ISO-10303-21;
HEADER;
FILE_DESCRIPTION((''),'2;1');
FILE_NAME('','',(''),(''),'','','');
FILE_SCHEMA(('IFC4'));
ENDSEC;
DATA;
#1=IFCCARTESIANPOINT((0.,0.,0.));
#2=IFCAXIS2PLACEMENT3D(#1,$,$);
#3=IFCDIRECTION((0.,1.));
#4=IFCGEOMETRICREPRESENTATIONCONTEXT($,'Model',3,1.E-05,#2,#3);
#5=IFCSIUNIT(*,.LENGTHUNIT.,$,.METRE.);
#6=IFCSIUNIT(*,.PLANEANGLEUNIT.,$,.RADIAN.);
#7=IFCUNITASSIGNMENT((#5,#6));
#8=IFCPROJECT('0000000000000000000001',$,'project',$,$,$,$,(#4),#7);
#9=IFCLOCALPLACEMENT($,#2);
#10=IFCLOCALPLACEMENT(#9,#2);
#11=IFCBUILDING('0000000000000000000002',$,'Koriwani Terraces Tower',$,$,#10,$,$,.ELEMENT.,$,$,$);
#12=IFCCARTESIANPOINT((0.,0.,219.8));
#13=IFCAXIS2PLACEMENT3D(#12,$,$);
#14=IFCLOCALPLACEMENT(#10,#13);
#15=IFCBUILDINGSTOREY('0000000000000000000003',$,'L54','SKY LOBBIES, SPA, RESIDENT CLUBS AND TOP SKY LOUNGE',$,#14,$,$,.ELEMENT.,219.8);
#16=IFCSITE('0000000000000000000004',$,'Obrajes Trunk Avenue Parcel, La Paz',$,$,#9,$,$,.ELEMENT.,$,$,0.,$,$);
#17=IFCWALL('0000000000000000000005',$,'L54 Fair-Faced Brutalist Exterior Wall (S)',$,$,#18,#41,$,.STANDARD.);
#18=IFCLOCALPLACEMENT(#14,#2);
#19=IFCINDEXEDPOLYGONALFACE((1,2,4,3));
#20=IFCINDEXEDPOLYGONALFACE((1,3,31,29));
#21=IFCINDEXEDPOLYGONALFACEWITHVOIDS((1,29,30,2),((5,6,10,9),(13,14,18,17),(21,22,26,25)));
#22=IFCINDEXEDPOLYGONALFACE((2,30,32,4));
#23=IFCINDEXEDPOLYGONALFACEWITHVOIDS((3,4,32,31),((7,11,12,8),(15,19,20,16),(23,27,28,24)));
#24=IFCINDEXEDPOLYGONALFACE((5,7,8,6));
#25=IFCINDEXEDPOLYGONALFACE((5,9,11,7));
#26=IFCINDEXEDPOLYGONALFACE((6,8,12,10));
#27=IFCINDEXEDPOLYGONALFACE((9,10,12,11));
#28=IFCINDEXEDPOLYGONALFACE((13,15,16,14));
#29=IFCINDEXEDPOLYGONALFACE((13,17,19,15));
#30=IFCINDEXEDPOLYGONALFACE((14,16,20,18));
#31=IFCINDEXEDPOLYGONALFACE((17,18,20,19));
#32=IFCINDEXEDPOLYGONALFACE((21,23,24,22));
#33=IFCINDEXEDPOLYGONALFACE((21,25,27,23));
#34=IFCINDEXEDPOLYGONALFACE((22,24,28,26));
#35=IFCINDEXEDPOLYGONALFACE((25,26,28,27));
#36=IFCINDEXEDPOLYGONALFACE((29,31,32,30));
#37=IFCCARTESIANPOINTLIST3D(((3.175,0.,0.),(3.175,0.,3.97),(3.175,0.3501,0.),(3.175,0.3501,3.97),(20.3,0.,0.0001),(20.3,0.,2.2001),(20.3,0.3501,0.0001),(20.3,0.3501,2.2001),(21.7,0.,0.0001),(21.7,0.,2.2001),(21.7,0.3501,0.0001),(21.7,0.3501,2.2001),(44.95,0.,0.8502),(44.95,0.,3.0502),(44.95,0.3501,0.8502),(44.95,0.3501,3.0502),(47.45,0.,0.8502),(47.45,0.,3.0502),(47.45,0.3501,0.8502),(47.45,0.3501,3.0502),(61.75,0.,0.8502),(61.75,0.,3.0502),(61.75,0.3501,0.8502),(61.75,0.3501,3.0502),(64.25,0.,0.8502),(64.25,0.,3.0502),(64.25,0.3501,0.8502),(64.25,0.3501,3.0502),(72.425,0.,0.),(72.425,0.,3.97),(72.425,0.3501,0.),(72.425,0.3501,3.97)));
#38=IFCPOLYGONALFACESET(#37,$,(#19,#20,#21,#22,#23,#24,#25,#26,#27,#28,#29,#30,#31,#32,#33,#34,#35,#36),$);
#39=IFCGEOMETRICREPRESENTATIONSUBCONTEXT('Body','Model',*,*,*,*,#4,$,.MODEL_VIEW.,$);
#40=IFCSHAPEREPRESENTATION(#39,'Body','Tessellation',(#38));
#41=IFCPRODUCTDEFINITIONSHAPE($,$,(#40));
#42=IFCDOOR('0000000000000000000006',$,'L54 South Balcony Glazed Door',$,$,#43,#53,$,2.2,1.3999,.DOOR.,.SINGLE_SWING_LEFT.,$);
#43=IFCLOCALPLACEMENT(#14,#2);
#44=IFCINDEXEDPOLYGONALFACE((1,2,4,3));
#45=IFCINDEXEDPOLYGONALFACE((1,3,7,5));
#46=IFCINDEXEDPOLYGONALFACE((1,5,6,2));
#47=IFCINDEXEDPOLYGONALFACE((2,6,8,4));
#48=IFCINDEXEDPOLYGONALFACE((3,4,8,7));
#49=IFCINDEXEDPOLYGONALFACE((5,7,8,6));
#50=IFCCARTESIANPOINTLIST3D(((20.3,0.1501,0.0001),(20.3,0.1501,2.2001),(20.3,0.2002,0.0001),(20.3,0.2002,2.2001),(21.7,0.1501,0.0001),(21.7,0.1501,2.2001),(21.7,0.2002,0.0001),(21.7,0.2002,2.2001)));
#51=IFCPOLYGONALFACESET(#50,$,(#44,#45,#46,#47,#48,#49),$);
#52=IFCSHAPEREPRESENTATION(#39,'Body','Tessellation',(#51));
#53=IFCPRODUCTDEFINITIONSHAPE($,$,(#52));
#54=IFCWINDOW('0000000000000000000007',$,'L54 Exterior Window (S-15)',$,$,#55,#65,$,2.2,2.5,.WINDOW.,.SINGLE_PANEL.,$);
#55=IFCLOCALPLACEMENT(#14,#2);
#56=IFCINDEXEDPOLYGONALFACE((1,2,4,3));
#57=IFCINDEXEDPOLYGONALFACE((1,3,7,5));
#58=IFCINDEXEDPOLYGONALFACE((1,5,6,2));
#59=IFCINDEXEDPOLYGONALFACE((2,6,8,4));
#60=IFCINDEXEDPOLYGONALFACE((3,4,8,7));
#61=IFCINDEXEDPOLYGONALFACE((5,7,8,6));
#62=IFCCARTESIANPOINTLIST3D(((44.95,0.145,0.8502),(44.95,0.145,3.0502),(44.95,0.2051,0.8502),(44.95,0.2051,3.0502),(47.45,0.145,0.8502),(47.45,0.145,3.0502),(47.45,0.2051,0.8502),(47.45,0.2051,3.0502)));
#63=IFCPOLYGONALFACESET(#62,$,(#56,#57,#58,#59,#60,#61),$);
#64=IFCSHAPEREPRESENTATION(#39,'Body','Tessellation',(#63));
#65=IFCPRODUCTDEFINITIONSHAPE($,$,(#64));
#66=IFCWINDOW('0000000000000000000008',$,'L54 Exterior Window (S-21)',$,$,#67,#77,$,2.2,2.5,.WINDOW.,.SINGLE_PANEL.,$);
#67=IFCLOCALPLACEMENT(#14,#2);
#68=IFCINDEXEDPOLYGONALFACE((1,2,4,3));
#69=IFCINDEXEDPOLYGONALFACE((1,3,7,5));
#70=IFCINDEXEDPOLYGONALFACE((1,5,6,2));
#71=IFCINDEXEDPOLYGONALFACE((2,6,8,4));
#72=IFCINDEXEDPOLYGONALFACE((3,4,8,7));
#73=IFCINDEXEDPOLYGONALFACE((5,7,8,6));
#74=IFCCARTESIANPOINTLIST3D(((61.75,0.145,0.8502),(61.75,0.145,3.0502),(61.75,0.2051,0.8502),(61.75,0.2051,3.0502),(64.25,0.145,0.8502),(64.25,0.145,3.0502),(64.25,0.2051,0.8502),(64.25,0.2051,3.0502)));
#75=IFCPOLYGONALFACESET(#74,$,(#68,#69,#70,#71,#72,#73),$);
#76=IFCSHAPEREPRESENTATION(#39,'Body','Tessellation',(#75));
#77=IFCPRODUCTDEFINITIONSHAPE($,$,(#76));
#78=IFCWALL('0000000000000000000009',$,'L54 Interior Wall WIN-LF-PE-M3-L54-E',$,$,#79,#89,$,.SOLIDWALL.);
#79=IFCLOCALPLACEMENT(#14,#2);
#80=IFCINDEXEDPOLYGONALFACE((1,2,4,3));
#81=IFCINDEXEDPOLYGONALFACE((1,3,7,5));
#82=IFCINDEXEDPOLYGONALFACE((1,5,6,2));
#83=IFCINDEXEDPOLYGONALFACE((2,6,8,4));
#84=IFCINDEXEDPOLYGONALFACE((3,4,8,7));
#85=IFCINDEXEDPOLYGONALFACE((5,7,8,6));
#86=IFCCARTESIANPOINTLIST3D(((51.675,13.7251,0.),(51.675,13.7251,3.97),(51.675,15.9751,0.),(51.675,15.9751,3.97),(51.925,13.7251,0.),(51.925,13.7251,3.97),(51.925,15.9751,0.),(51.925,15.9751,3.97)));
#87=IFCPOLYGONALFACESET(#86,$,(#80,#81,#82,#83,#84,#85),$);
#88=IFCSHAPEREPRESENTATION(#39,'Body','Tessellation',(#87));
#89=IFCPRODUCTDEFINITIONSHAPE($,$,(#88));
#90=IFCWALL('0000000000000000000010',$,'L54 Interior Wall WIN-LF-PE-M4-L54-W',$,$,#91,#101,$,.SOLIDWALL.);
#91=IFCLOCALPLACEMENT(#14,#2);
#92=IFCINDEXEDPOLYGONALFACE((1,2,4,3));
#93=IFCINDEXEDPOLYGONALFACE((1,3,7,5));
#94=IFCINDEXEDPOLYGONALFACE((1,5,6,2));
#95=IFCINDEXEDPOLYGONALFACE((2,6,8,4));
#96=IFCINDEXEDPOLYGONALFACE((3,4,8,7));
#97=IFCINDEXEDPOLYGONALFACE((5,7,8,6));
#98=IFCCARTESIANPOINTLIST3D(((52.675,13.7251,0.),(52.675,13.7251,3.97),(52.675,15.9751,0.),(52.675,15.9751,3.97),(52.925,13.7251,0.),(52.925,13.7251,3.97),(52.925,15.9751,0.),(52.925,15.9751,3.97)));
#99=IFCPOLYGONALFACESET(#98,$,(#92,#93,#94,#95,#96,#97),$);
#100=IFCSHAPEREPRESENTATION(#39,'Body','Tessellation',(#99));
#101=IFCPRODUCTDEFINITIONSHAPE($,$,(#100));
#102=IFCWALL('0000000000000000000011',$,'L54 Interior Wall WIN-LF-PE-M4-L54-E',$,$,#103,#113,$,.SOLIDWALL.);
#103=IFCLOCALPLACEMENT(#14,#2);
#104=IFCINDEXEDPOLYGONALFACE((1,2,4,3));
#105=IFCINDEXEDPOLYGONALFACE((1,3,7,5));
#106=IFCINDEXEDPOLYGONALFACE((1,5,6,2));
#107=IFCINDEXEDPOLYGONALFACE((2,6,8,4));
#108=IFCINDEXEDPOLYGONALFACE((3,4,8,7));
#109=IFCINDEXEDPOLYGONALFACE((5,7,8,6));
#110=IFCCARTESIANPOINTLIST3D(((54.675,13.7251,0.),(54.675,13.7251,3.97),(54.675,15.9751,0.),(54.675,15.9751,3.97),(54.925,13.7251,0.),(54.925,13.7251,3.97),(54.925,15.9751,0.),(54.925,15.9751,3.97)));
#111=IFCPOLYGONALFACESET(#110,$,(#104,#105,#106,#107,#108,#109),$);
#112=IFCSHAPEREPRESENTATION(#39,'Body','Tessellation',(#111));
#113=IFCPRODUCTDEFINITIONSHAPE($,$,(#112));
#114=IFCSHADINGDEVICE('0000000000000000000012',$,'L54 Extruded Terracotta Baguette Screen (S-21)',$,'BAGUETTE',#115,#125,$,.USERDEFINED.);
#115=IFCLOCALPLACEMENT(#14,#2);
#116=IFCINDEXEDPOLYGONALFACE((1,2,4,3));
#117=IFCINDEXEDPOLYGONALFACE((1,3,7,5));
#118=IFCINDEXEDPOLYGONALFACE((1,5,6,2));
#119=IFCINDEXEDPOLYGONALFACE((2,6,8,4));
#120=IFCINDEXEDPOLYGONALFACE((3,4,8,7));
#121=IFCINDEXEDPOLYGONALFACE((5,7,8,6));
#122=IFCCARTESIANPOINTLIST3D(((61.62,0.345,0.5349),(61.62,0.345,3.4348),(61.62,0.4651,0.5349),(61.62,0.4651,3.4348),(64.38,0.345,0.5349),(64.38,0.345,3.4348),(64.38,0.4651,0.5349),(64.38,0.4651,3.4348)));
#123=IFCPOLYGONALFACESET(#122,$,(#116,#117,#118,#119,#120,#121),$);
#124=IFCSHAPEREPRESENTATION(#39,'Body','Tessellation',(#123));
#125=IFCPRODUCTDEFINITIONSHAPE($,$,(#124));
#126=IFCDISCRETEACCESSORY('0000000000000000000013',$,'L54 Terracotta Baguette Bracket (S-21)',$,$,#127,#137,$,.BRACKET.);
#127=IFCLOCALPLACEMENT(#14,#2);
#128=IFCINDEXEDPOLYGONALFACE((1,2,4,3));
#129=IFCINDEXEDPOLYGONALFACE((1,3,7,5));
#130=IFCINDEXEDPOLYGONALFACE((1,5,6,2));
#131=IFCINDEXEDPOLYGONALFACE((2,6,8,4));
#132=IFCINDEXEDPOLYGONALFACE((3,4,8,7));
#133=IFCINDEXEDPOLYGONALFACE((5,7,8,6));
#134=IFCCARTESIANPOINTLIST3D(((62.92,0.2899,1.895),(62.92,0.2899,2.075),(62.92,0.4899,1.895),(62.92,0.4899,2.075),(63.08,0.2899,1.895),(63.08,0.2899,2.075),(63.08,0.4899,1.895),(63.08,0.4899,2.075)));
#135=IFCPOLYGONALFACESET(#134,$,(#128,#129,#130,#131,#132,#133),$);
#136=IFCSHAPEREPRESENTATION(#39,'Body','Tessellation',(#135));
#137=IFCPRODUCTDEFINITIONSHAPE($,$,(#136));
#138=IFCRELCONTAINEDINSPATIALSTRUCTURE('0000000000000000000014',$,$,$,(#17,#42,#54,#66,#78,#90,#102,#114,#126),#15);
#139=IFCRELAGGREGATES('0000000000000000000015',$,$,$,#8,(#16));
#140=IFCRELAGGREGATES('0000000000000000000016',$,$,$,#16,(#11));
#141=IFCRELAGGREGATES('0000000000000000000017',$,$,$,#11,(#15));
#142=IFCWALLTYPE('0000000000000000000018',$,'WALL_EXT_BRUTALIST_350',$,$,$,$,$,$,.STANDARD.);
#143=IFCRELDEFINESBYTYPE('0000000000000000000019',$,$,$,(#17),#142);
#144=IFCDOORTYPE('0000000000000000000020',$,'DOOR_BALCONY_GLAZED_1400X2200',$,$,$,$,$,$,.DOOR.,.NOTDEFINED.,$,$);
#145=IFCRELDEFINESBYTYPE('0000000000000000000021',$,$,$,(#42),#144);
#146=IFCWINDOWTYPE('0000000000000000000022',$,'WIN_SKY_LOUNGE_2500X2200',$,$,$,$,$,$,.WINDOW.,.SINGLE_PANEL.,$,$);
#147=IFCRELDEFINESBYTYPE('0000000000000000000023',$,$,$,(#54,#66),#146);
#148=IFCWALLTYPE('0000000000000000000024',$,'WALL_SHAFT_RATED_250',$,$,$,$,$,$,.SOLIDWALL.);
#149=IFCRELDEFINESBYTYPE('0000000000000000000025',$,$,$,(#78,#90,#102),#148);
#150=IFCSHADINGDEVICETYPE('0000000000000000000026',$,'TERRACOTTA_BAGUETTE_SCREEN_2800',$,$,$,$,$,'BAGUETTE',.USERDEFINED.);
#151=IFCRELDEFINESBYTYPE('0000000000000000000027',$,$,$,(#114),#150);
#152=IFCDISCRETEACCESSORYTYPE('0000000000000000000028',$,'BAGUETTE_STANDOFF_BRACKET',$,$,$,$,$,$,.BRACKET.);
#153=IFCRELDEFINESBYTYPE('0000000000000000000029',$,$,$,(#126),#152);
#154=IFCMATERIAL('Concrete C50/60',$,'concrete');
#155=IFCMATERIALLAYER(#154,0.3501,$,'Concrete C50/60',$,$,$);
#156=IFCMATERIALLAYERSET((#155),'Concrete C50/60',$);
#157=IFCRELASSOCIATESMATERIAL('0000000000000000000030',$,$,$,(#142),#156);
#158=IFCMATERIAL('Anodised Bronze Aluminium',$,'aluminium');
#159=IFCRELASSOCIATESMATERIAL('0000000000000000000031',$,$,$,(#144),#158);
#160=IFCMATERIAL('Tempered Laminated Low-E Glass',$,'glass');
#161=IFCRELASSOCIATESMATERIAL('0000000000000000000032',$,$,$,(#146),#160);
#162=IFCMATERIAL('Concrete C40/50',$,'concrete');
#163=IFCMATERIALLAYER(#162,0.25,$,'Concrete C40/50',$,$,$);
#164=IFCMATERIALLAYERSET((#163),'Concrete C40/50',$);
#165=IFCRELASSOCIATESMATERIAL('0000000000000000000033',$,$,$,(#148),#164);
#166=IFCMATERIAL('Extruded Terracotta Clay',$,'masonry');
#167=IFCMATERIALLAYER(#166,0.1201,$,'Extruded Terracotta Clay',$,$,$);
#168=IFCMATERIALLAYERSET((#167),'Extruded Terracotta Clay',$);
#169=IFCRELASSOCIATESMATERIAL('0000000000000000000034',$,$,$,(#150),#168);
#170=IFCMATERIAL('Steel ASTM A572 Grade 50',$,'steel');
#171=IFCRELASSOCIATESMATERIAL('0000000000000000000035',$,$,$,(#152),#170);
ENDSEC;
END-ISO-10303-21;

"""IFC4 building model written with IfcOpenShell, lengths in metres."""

from ifc_helpers import new_model, si_unit, direction, frame, frame_2d, origin, origin_2d, place, context, subcontext, project, spatial, rectangle, extrude, material, layer, layer_set, type_object, element, fill, save


model = new_model("IFC4")

# Units and contexts
model_context = context("Model", 3, precision=1e-05, world=origin(), true_north=direction((0.0, 1.0)))
body_context = subcontext(model_context, "Body", "Model", "MODEL_VIEW")
ifc_project = project(units=[si_unit("LENGTHUNIT", "METRE"), si_unit("PLANEANGLEUNIT", "RADIAN")], contexts=[model_context])

# Site, building, storey
site_placement = place(None, origin())
site = spatial("IfcSite", under=ifc_project, at=site_placement, Name="Obrajes Trunk Avenue Parcel, La Paz", CompositionType="ELEMENT", RefElevation=0.0)
building_placement = place(site_placement, origin())
building = spatial("IfcBuilding", under=site, at=building_placement, Name="Koriwani Terraces Tower", CompositionType="ELEMENT")
storey_placement = place(building_placement, frame((0.0, 0.0, 219.8)))
storey = spatial("IfcBuildingStorey", under=building, at=storey_placement, Name="L54", Description="SKY LOBBIES, SPA, RESIDENT CLUBS AND TOP SKY LOUNGE", CompositionType="ELEMENT", Elevation=219.8)

# Shared definitions
ifc_material_1 = material(Name="Concrete C50/60", Category="concrete")

# Shared definitions
ifc_material_2 = material(Name="Concrete C40/50", Category="concrete")
ifc_material_3 = material(Name="Steel ASTM A572 Grade 50", Category="steel")

# Shared definitions
ifc_layer_1 = layer(ifc_material_1, 0.3501, Name="Concrete C50/60")
ifc_layer_set_1 = layer_set([ifc_layer_1], Name="Concrete C50/60")
wall_type_1 = type_object("IfcWallType", Name="WALL_EXT_BRUTALIST_350", PredefinedType="STANDARD", material=ifc_layer_set_1)

# Wall, openings, door, windows
wall_1_placement = place(storey_placement, frame((72.425, 0.175, 0.0), z_axis=(0.0, 0.0, 1.0), x_axis=(-1.0, 0.0, 0.0)))
wall_1 = element("IfcWall", 1, at=wall_1_placement, inside=storey, type_object=wall_type_1, Name="L54 Fair-Faced Brutalist Exterior Wall (S)", PredefinedType="STANDARD", context=body_context, shape_type="SweptSolid", body=[
    extrude(rectangle(XDim=69.25, YDim=0.3501, at=frame_2d((34.625, 0.0))), origin(), (0.0, 0.0, 1.0), 3.97),
])
opening_1_placement = place(wall_1_placement, frame((50.7251, 0.0, 0.0)))
opening_1 = element("IfcOpeningElement", 2, at=opening_1_placement, cuts=wall_1, PredefinedType="OPENING", context=body_context, shape_type="SweptSolid", body=[
    extrude(rectangle(XDim=1.3999, YDim=2.2, at=frame_2d((0.7, 1.1001))), frame((0.0, 0.1851, 0.0), z_axis=(0.0, -1.0, 0.0), x_axis=(1.0, 0.0, 0.0)), (0.0, 0.0, 1.0), 0.3701),
])
opening_2_placement = place(wall_1_placement, frame((24.9751, 0.0, 0.8501)))
opening_2 = element("IfcOpeningElement", 3, at=opening_2_placement, cuts=wall_1, PredefinedType="OPENING", context=body_context, shape_type="SweptSolid", body=[
    extrude(rectangle(XDim=2.5, YDim=2.2, at=frame_2d((1.25, 1.1001))), frame((0.0, 0.1851, 0.0), z_axis=(0.0, -1.0, 0.0), x_axis=(1.0, 0.0, 0.0)), (0.0, 0.0, 1.0), 0.3701),
])
opening_3_placement = place(wall_1_placement, frame((8.175, 0.0, 0.8501)))
opening_3 = element("IfcOpeningElement", 4, at=opening_3_placement, cuts=wall_1, PredefinedType="OPENING", context=body_context, shape_type="SweptSolid", body=[
    extrude(rectangle(XDim=2.5, YDim=2.2, at=frame_2d((1.25, 1.1001))), frame((0.0, 0.1851, 0.0), z_axis=(0.0, -1.0, 0.0), x_axis=(1.0, 0.0, 0.0)), (0.0, 0.0, 1.0), 0.3701),
])
ifc_material_4 = material(Name="Anodised Bronze Aluminium", Category="aluminium")
door_type_1 = type_object("IfcDoorType", Name="DOOR_BALCONY_GLAZED_1400X2200", OperationType="NOTDEFINED", PredefinedType="DOOR", material=ifc_material_4)
door_1_placement = place(opening_1_placement, origin())
door_1 = element("IfcDoor", 5, at=door_1_placement, inside=storey, type_object=door_type_1, Name="L54 South Balcony Glazed Door", OperationType="SINGLE_SWING_LEFT", OverallHeight=2.2, OverallWidth=1.3999, PredefinedType="DOOR", context=body_context, shape_type="SweptSolid", body=[
    extrude(rectangle(XDim=1.3999, YDim=2.2, at=frame_2d((0.7, 1.1001))), frame((0.0, 0.0249, 0.0), z_axis=(0.0, -1.0, 0.0), x_axis=(1.0, 0.0, 0.0)), (0.0, 0.0, 1.0), 0.05),
])
fill(opening_1, door_1)
ifc_material_5 = material(Name="Tempered Laminated Low-E Glass", Category="glass")
window_type = type_object("IfcWindowType", Name="WIN_SKY_LOUNGE_2500X2200", PartitioningType="SINGLE_PANEL", PredefinedType="WINDOW", material=ifc_material_5)
window_1_placement = place(opening_2_placement, origin())
window_1 = element("IfcWindow", 6, at=window_1_placement, inside=storey, type_object=window_type, Name="L54 Exterior Window (S-15)", OverallHeight=2.2, OverallWidth=2.5, PartitioningType="SINGLE_PANEL", PredefinedType="WINDOW", context=body_context, shape_type="SweptSolid", body=[
    extrude(rectangle(XDim=2.5, YDim=2.2, at=frame_2d((1.25, 1.1001))), frame((0.0, 0.03, 0.0), z_axis=(0.0, -1.0, 0.0), x_axis=(1.0, 0.0, 0.0)), (0.0, 0.0, 1.0), 0.0601),
])
fill(opening_2, window_1)
window_2_placement = place(opening_3_placement, origin())
window_2 = element("IfcWindow", 7, at=window_2_placement, inside=storey, type_object=window_type, Name="L54 Exterior Window (S-21)", OverallHeight=2.2, OverallWidth=2.5, PartitioningType="SINGLE_PANEL", PredefinedType="WINDOW", context=body_context, shape_type="SweptSolid", body=[
    extrude(rectangle(XDim=2.5, YDim=2.2, at=frame_2d((1.25, 1.1001))), frame((0.0, 0.03, 0.0), z_axis=(0.0, -1.0, 0.0), x_axis=(1.0, 0.0, 0.0)), (0.0, 0.0, 1.0), 0.0601),
])
fill(opening_3, window_2)

# Wall
ifc_layer_2 = layer(ifc_material_2, 0.25, Name="Concrete C40/50")
ifc_layer_set_2 = layer_set([ifc_layer_2], Name="Concrete C40/50")
wall_type_2 = type_object("IfcWallType", Name="WALL_SHAFT_RATED_250", PredefinedType="SOLIDWALL", material=ifc_layer_set_2)
wall_2_placement = place(storey_placement, frame((51.8, 13.7251, 0.0), z_axis=(0.0, 0.0, 1.0), x_axis=(0.0, 1.0, 0.0)))
element("IfcWall", 8, at=wall_2_placement, inside=storey, type_object=wall_type_2, Name="L54 Interior Wall WIN-LF-PE-M3-L54-E", PredefinedType="SOLIDWALL", context=body_context, shape_type="SweptSolid", body=[
    extrude(rectangle(XDim=2.25, YDim=0.25, at=frame_2d((1.125, 0.0))), origin(), (0.0, 0.0, 1.0), 3.97),
])

# Walls
for number, where, z_axis, x_axis, name in (
    (9, (52.8, 13.7251, 0.0), (0.0, 0.0, 1.0), (0.0, 1.0, 0.0), "L54 Interior Wall WIN-LF-PE-M4-L54-W"),
    (10, (54.8, 13.7251, 0.0), (0.0, 0.0, 1.0), (0.0, 1.0, 0.0), "L54 Interior Wall WIN-LF-PE-M4-L54-E"),
):
    element("IfcWall", number, at=place(storey_placement, frame(where, z_axis=z_axis, x_axis=x_axis)), inside=storey, type_object=wall_type_2, Name=name, PredefinedType="SOLIDWALL", context=body_context, shape_type="SweptSolid", body=[
        extrude(rectangle(XDim=2.25, YDim=0.25, at=frame_2d((1.125, 0.0))), origin(), (0.0, 0.0, 1.0), 3.97),
    ])

# Shading device
ifc_material_6 = material(Name="Extruded Terracotta Clay", Category="masonry")
ifc_layer_3 = layer(ifc_material_6, 0.1201, Name="Extruded Terracotta Clay")
ifc_layer_set_3 = layer_set([ifc_layer_3], Name="Extruded Terracotta Clay")
shading_device_type = type_object("IfcShadingDeviceType", Name="TERRACOTTA_BAGUETTE_SCREEN_2800", ElementType="BAGUETTE", PredefinedType="USERDEFINED", material=ifc_layer_set_3)
shading_device_placement = place(storey_placement, frame((63.0, 0.405, 0.5349), z_axis=(0.0, 0.0, 1.0), x_axis=(-1.0, 0.0, 0.0)))
element("IfcShadingDevice", 11, at=shading_device_placement, inside=storey, type_object=shading_device_type, Name="L54 Extruded Terracotta Baguette Screen (S-21)", ObjectType="BAGUETTE", PredefinedType="USERDEFINED", context=body_context, shape_type="SweptSolid", body=[
    extrude(rectangle(XDim=2.76, YDim=0.1201, at=origin_2d()), origin(), (0.0, 0.0, 1.0), 2.8999),
])

# Discrete accessory
discrete_accessory_type = type_object("IfcDiscreteAccessoryType", Name="BAGUETTE_STANDOFF_BRACKET", PredefinedType="BRACKET", material=ifc_material_3)
discrete_accessory_placement = place(storey_placement, frame((63.0, 0.3899, 1.895), z_axis=(0.0, 0.0, 1.0), x_axis=(-1.0, 0.0, 0.0)))
element("IfcDiscreteAccessory", 12, at=discrete_accessory_placement, inside=storey, type_object=discrete_accessory_type, Name="L54 Terracotta Baguette Bracket (S-21)", PredefinedType="BRACKET", context=body_context, shape_type="SweptSolid", body=[
    extrude(rectangle(XDim=0.1599, YDim=0.2, at=origin_2d()), origin(), (0.0, 0.0, 1.0), 0.1799),
])

save(model, "model.ifc")
